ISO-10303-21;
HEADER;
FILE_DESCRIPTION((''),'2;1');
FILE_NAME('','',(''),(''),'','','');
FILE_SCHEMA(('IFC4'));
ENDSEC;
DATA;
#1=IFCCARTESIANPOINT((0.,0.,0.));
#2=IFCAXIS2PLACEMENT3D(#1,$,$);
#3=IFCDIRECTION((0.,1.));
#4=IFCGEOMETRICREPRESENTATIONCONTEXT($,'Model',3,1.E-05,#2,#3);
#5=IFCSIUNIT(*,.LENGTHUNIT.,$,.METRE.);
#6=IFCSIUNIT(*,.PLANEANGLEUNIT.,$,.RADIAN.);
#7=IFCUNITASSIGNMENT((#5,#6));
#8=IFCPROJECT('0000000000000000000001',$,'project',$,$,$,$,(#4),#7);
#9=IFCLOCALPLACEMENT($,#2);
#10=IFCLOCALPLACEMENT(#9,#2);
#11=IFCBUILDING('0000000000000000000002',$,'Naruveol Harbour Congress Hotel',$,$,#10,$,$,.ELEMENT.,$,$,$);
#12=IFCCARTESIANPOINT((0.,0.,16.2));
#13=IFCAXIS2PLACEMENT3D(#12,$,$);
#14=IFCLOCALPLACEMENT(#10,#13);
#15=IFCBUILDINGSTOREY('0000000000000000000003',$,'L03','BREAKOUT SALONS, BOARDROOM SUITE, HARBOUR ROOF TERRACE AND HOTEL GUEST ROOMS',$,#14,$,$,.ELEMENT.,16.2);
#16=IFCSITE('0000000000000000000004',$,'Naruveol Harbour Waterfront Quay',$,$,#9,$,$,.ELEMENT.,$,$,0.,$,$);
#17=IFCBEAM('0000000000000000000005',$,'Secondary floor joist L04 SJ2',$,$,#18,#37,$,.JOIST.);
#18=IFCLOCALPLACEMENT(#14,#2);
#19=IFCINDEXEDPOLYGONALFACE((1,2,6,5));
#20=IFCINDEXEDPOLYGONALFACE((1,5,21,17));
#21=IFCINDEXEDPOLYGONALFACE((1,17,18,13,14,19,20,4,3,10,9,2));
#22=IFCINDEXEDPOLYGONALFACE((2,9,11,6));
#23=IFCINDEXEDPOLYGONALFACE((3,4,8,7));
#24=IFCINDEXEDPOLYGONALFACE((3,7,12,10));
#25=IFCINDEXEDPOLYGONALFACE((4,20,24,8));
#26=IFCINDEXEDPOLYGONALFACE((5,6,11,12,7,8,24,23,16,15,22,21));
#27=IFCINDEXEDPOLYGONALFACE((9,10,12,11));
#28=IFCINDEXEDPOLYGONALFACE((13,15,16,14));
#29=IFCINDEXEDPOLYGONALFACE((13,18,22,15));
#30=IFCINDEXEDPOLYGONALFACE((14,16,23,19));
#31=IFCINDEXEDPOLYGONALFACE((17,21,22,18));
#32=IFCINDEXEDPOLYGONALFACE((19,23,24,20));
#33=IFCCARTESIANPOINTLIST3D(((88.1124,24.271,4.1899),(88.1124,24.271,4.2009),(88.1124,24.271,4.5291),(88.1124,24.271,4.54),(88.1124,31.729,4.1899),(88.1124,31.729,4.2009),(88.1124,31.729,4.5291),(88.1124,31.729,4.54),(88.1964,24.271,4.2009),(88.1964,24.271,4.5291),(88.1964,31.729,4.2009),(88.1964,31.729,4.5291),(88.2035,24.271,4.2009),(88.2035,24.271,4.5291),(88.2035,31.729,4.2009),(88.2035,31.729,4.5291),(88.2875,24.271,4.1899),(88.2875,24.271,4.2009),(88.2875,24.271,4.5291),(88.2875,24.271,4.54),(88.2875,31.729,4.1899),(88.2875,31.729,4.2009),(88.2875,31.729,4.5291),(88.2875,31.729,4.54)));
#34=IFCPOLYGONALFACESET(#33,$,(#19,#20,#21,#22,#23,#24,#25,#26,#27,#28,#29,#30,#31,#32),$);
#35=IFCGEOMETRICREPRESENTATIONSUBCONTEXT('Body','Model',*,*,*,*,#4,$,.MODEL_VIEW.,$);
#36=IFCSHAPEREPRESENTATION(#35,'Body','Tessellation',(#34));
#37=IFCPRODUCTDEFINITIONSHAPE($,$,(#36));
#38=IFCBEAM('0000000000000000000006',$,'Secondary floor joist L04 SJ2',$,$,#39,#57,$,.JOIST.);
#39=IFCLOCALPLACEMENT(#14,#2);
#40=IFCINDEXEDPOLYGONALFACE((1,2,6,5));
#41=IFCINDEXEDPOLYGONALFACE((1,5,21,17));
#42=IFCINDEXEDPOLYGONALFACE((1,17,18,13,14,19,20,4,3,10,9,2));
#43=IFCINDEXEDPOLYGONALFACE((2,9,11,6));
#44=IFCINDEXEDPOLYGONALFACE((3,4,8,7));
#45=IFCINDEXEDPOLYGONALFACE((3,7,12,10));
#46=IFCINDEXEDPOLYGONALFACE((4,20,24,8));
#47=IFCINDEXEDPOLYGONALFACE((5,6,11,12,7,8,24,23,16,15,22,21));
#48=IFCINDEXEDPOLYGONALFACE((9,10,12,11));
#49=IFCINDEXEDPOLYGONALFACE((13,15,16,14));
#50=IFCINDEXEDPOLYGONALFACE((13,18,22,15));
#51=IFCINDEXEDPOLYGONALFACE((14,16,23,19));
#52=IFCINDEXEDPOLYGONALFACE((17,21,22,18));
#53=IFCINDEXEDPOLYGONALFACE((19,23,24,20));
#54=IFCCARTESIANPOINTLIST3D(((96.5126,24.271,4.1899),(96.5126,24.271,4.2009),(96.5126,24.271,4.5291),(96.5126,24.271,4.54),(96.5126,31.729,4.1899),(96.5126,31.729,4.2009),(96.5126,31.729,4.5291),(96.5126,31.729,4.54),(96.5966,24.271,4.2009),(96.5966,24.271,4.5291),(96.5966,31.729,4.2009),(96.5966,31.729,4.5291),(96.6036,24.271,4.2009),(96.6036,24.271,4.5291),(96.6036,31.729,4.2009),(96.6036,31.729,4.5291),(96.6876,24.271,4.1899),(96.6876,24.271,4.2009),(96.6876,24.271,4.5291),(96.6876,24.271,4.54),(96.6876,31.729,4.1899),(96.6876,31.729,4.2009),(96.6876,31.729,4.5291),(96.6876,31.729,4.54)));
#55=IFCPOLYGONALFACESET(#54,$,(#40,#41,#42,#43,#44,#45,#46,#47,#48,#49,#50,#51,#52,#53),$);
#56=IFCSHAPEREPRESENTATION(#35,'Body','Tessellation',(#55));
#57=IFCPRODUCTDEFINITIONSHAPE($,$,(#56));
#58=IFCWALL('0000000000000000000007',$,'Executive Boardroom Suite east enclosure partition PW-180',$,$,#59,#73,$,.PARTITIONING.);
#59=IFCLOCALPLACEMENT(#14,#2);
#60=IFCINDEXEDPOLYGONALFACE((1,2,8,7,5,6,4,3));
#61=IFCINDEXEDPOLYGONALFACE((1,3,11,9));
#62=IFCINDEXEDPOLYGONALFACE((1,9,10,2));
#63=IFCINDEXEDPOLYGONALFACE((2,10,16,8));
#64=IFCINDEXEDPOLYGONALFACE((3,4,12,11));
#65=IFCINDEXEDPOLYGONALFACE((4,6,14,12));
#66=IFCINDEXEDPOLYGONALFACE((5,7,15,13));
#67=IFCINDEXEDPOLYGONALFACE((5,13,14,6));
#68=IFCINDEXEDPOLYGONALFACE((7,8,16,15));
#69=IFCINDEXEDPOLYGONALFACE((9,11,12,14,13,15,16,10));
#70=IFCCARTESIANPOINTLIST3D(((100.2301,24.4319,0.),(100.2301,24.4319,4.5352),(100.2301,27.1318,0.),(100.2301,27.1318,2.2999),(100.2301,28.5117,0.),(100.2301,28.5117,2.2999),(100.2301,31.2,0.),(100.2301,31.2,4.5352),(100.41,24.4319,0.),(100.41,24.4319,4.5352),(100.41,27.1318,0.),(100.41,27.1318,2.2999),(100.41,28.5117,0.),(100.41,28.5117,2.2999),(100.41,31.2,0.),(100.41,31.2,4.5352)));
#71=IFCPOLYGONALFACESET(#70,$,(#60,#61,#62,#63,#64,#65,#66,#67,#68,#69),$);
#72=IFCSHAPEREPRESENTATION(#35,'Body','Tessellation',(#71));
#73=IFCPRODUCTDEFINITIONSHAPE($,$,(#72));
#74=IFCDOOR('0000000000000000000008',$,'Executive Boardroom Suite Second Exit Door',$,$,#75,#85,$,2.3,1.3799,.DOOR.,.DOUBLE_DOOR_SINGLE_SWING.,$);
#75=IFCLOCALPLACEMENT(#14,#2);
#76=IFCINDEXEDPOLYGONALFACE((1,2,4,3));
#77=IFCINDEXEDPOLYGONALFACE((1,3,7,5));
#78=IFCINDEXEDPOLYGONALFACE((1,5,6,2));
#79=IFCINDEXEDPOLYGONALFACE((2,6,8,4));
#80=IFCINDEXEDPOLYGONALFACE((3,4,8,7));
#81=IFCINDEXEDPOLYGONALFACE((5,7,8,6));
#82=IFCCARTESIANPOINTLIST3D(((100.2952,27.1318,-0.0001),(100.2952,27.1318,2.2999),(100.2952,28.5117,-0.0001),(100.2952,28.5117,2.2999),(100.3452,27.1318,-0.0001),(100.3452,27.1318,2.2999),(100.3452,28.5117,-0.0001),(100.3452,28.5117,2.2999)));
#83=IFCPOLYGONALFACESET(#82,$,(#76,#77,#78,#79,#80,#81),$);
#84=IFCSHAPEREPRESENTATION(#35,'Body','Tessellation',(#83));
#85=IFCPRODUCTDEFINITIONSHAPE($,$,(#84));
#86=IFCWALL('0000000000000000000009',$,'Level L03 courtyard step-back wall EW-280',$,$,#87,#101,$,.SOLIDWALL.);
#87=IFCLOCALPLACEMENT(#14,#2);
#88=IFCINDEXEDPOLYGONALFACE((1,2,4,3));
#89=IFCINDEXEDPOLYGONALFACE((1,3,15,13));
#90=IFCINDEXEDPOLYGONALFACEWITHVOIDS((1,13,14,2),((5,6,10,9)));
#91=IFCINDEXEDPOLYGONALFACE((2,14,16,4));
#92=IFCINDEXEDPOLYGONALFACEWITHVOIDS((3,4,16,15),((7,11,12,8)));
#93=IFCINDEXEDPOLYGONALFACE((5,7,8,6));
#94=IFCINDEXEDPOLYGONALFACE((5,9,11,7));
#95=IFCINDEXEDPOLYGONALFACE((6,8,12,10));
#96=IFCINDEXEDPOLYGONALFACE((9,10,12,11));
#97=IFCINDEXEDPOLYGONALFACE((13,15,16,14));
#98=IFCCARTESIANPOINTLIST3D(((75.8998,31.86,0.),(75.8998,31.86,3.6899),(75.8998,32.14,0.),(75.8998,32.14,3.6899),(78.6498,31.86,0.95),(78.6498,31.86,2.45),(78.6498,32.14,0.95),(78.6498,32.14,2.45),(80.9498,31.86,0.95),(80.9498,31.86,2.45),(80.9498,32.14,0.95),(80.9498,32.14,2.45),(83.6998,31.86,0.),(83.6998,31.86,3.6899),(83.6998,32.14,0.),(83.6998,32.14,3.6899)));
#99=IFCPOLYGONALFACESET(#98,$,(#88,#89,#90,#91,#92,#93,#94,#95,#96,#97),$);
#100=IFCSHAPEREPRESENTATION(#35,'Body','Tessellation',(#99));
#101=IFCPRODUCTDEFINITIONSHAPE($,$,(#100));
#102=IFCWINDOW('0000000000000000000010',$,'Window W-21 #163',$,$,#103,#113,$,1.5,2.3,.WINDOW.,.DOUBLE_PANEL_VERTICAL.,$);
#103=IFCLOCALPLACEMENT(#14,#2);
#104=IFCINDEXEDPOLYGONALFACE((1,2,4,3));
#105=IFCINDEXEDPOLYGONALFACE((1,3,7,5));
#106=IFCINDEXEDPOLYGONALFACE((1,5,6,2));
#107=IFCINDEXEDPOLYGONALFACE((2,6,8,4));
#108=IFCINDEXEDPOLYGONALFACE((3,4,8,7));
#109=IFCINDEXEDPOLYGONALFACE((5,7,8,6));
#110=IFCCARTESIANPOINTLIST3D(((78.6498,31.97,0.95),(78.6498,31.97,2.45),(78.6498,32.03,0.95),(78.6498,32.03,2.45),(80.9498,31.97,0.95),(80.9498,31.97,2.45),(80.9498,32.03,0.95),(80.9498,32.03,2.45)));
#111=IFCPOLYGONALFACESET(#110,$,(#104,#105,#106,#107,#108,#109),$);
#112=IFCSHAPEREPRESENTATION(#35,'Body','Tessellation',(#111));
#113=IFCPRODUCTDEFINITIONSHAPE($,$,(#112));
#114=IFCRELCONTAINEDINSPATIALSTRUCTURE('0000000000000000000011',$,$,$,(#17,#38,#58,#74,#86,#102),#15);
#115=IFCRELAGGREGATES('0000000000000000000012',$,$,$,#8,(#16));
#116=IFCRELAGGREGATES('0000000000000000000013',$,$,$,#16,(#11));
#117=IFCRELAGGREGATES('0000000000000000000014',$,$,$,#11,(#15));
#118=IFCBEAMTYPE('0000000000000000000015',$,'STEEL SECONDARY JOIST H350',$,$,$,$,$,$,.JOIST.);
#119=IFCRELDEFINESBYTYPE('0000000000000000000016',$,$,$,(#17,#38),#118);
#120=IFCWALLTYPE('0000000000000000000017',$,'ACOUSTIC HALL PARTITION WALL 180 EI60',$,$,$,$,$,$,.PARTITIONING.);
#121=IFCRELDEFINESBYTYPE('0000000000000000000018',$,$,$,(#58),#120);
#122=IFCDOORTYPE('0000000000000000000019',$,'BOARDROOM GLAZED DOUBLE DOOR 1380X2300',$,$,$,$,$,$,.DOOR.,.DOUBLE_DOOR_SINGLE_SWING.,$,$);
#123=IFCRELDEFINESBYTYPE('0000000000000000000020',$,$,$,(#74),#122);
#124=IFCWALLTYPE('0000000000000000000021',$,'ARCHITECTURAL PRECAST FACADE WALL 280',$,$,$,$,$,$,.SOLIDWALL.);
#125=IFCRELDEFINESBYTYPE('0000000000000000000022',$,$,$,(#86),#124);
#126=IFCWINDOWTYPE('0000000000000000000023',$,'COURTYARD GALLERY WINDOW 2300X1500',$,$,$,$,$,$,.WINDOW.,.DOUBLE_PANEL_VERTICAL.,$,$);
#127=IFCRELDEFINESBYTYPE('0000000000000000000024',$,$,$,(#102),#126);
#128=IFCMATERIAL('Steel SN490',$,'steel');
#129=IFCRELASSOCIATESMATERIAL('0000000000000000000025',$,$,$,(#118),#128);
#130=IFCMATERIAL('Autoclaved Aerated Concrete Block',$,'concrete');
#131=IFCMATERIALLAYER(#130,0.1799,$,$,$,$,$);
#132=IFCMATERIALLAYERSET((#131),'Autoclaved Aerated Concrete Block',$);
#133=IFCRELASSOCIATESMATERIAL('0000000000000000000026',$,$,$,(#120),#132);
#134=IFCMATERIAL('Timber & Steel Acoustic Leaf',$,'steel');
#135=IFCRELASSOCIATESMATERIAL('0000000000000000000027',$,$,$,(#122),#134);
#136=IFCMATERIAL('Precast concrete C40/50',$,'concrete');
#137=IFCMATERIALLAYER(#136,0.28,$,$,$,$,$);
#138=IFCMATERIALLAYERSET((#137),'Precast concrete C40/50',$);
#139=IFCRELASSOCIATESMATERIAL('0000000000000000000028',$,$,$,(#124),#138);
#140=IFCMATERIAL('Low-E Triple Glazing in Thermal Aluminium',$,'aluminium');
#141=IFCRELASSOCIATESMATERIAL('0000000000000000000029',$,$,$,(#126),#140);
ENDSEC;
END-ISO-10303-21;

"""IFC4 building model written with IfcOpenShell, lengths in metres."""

from ifc_helpers import new_model, si_unit, direction, frame, frame_2d, origin, origin_2d, place, context, subcontext, project, spatial, rectangle, i_section, extrude, material, layer, layer_set, material_profile, profile_set, type_object, element, fill, save


model = new_model("IFC4")

# Units and contexts
model_context = context("Model", 3, precision=1e-05, world=origin(), true_north=direction((0.0, 1.0)))
body_context = subcontext(model_context, "Body", "Model", "MODEL_VIEW")
ifc_project = project(units=[si_unit("LENGTHUNIT", "METRE"), si_unit("PLANEANGLEUNIT", "RADIAN")], contexts=[model_context])

# Site, building, storey
site_placement = place(None, origin())
site = spatial("IfcSite", under=ifc_project, at=site_placement, Name="Naruveol Harbour Waterfront Quay", CompositionType="ELEMENT", RefElevation=0.0)
building_placement = place(site_placement, origin())
building = spatial("IfcBuilding", under=site, at=building_placement, Name="Naruveol Harbour Congress Hotel", CompositionType="ELEMENT")
storey_placement = place(building_placement, frame((0.0, 0.0, 16.2)))
storey = spatial("IfcBuildingStorey", under=building, at=storey_placement, Name="L03", Description="BREAKOUT SALONS, BOARDROOM SUITE, HARBOUR ROOF TERRACE AND HOTEL GUEST ROOMS", CompositionType="ELEMENT", Elevation=16.2)

# Beams
ifc_material_1 = material(Name="Steel SN490", Category="steel")
ifc_material_profile_1 = material_profile(ifc_material_1, i_section(OverallWidth=0.175, OverallDepth=0.3501, WebThickness=0.0071, FlangeThickness=0.011, at=origin_2d()), Name="H-350x175x7x11")
ifc_profile_set_1 = profile_set([ifc_material_profile_1], Name="Steel SN490")
beam_type_1 = type_object("IfcBeamType", Name="STEEL SECONDARY JOIST H350", PredefinedType="JOIST", material=ifc_profile_set_1)
for number, where, z_axis, x_axis, name in (
    (1, (88.2, 24.271, 4.365), (0.0, 1.0, 0.0), (-1.0, 0.0, 0.0), "Secondary floor joist L04 SJ2"),
    (2, (96.6001, 24.271, 4.365), (0.0, 1.0, 0.0), (-1.0, 0.0, 0.0), "Secondary floor joist L04 SJ2"),
):
    element("IfcBeam", number, at=place(storey_placement, frame(where, z_axis=z_axis, x_axis=x_axis)), inside=storey, type_object=beam_type_1, Name=name, PredefinedType="JOIST", context=body_context, shape_type="SweptSolid", body=[
        extrude(i_section(OverallWidth=0.175, OverallDepth=0.3501, WebThickness=0.0071, FlangeThickness=0.011, at=origin_2d()), origin(), (0.0, 0.0, 1.0), 7.458),
    ])

# Wall, opening, door
ifc_material_2 = material(Name="Autoclaved Aerated Concrete Block", Category="concrete")
ifc_layer_1 = layer(ifc_material_2, 0.1799)
ifc_layer_set_1 = layer_set([ifc_layer_1], Name="Autoclaved Aerated Concrete Block")
wall_type_1 = type_object("IfcWallType", Name="ACOUSTIC HALL PARTITION WALL 180 EI60", PredefinedType="PARTITIONING", material=ifc_layer_set_1)
wall_1_placement = place(storey_placement, frame((100.3201, 24.4319, 0.0), z_axis=(0.0, 0.0, 1.0), x_axis=(0.0, 1.0, 0.0)))
wall_1 = element("IfcWall", 3, at=wall_1_placement, inside=storey, type_object=wall_type_1, Name="Executive Boardroom Suite east enclosure partition PW-180", PredefinedType="PARTITIONING", context=body_context, shape_type="SweptSolid", body=[
    extrude(rectangle(XDim=6.7681, YDim=0.1799, at=frame_2d((3.384, 0.0))), origin(), (0.0, 0.0, 1.0), 4.5352),
])
opening_1_placement = place(wall_1_placement, frame((2.7, 0.0, 0.0)))
opening_1 = element("IfcOpeningElement", 4, at=opening_1_placement, cuts=wall_1, PredefinedType="OPENING", context=body_context, shape_type="SweptSolid", body=[
    extrude(rectangle(XDim=1.3799, YDim=2.3, at=frame_2d((0.6899, 1.1499))), frame((0.0, 0.0999, 0.0), z_axis=(0.0, -1.0, 0.0), x_axis=(1.0, 0.0, 0.0)), (0.0, 0.0, 1.0), 0.2),
])
ifc_material_3 = material(Name="Timber & Steel Acoustic Leaf", Category="steel")
door_type = type_object("IfcDoorType", Name="BOARDROOM GLAZED DOUBLE DOOR 1380X2300", OperationType="DOUBLE_DOOR_SINGLE_SWING", PredefinedType="DOOR", material=ifc_material_3)
door_placement = place(opening_1_placement, origin())
door = element("IfcDoor", 5, at=door_placement, inside=storey, type_object=door_type, Name="Executive Boardroom Suite Second Exit Door", OperationType="DOUBLE_DOOR_SINGLE_SWING", OverallHeight=2.3, OverallWidth=1.3799, PredefinedType="DOOR", context=body_context, shape_type="SweptSolid", body=[
    extrude(rectangle(XDim=1.3799, YDim=2.3, at=frame_2d((0.6899, 1.1499))), frame((0.0, 0.0249, 0.0), z_axis=(0.0, -1.0, 0.0), x_axis=(1.0, 0.0, 0.0)), (0.0, 0.0, 1.0), 0.05),
])
fill(opening_1, door)

# Wall, opening, window
ifc_material_4 = material(Name="Precast concrete C40/50", Category="concrete")
ifc_layer_2 = layer(ifc_material_4, 0.28)
ifc_layer_set_2 = layer_set([ifc_layer_2], Name="Precast concrete C40/50")
wall_type_2 = type_object("IfcWallType", Name="ARCHITECTURAL PRECAST FACADE WALL 280", PredefinedType="SOLIDWALL", material=ifc_layer_set_2)
wall_2_placement = place(storey_placement, frame((75.8999, 32.0, 0.0), z_axis=(0.0, 0.0, 1.0), x_axis=(1.0, 0.0, 0.0)))
wall_2 = element("IfcWall", 6, at=wall_2_placement, inside=storey, type_object=wall_type_2, Name="Level L03 courtyard step-back wall EW-280", PredefinedType="SOLIDWALL", context=body_context, shape_type="SweptSolid", body=[
    extrude(rectangle(XDim=7.8, YDim=0.28, at=frame_2d((3.8999, 0.0))), origin(), (0.0, 0.0, 1.0), 3.6899),
])
opening_2_placement = place(wall_2_placement, frame((2.75, 0.0, 0.95)))
opening_2 = element("IfcOpeningElement", 7, at=opening_2_placement, cuts=wall_2, PredefinedType="OPENING", context=body_context, shape_type="SweptSolid", body=[
    extrude(rectangle(XDim=2.3, YDim=1.5, at=frame_2d((1.1499, 0.75))), frame((0.0, 0.1499, 0.0), z_axis=(0.0, -1.0, 0.0), x_axis=(1.0, 0.0, 0.0)), (0.0, 0.0, 1.0), 0.3),
])
ifc_material_5 = material(Name="Low-E Triple Glazing in Thermal Aluminium", Category="aluminium")
window_type = type_object("IfcWindowType", Name="COURTYARD GALLERY WINDOW 2300X1500", PartitioningType="DOUBLE_PANEL_VERTICAL", PredefinedType="WINDOW", material=ifc_material_5)
window_placement = place(opening_2_placement, origin())
window = element("IfcWindow", 8, at=window_placement, inside=storey, type_object=window_type, Name="Window W-21 #163", OverallHeight=1.5, OverallWidth=2.3, PartitioningType="DOUBLE_PANEL_VERTICAL", PredefinedType="WINDOW", context=body_context, shape_type="SweptSolid", body=[
    extrude(rectangle(XDim=2.3, YDim=1.5, at=frame_2d((1.1499, 0.75))), frame((0.0, 0.03, 0.0), z_axis=(0.0, -1.0, 0.0), x_axis=(1.0, 0.0, 0.0)), (0.0, 0.0, 1.0), 0.0601),
])
fill(opening_2, window)

save(model, "model.ifc")
